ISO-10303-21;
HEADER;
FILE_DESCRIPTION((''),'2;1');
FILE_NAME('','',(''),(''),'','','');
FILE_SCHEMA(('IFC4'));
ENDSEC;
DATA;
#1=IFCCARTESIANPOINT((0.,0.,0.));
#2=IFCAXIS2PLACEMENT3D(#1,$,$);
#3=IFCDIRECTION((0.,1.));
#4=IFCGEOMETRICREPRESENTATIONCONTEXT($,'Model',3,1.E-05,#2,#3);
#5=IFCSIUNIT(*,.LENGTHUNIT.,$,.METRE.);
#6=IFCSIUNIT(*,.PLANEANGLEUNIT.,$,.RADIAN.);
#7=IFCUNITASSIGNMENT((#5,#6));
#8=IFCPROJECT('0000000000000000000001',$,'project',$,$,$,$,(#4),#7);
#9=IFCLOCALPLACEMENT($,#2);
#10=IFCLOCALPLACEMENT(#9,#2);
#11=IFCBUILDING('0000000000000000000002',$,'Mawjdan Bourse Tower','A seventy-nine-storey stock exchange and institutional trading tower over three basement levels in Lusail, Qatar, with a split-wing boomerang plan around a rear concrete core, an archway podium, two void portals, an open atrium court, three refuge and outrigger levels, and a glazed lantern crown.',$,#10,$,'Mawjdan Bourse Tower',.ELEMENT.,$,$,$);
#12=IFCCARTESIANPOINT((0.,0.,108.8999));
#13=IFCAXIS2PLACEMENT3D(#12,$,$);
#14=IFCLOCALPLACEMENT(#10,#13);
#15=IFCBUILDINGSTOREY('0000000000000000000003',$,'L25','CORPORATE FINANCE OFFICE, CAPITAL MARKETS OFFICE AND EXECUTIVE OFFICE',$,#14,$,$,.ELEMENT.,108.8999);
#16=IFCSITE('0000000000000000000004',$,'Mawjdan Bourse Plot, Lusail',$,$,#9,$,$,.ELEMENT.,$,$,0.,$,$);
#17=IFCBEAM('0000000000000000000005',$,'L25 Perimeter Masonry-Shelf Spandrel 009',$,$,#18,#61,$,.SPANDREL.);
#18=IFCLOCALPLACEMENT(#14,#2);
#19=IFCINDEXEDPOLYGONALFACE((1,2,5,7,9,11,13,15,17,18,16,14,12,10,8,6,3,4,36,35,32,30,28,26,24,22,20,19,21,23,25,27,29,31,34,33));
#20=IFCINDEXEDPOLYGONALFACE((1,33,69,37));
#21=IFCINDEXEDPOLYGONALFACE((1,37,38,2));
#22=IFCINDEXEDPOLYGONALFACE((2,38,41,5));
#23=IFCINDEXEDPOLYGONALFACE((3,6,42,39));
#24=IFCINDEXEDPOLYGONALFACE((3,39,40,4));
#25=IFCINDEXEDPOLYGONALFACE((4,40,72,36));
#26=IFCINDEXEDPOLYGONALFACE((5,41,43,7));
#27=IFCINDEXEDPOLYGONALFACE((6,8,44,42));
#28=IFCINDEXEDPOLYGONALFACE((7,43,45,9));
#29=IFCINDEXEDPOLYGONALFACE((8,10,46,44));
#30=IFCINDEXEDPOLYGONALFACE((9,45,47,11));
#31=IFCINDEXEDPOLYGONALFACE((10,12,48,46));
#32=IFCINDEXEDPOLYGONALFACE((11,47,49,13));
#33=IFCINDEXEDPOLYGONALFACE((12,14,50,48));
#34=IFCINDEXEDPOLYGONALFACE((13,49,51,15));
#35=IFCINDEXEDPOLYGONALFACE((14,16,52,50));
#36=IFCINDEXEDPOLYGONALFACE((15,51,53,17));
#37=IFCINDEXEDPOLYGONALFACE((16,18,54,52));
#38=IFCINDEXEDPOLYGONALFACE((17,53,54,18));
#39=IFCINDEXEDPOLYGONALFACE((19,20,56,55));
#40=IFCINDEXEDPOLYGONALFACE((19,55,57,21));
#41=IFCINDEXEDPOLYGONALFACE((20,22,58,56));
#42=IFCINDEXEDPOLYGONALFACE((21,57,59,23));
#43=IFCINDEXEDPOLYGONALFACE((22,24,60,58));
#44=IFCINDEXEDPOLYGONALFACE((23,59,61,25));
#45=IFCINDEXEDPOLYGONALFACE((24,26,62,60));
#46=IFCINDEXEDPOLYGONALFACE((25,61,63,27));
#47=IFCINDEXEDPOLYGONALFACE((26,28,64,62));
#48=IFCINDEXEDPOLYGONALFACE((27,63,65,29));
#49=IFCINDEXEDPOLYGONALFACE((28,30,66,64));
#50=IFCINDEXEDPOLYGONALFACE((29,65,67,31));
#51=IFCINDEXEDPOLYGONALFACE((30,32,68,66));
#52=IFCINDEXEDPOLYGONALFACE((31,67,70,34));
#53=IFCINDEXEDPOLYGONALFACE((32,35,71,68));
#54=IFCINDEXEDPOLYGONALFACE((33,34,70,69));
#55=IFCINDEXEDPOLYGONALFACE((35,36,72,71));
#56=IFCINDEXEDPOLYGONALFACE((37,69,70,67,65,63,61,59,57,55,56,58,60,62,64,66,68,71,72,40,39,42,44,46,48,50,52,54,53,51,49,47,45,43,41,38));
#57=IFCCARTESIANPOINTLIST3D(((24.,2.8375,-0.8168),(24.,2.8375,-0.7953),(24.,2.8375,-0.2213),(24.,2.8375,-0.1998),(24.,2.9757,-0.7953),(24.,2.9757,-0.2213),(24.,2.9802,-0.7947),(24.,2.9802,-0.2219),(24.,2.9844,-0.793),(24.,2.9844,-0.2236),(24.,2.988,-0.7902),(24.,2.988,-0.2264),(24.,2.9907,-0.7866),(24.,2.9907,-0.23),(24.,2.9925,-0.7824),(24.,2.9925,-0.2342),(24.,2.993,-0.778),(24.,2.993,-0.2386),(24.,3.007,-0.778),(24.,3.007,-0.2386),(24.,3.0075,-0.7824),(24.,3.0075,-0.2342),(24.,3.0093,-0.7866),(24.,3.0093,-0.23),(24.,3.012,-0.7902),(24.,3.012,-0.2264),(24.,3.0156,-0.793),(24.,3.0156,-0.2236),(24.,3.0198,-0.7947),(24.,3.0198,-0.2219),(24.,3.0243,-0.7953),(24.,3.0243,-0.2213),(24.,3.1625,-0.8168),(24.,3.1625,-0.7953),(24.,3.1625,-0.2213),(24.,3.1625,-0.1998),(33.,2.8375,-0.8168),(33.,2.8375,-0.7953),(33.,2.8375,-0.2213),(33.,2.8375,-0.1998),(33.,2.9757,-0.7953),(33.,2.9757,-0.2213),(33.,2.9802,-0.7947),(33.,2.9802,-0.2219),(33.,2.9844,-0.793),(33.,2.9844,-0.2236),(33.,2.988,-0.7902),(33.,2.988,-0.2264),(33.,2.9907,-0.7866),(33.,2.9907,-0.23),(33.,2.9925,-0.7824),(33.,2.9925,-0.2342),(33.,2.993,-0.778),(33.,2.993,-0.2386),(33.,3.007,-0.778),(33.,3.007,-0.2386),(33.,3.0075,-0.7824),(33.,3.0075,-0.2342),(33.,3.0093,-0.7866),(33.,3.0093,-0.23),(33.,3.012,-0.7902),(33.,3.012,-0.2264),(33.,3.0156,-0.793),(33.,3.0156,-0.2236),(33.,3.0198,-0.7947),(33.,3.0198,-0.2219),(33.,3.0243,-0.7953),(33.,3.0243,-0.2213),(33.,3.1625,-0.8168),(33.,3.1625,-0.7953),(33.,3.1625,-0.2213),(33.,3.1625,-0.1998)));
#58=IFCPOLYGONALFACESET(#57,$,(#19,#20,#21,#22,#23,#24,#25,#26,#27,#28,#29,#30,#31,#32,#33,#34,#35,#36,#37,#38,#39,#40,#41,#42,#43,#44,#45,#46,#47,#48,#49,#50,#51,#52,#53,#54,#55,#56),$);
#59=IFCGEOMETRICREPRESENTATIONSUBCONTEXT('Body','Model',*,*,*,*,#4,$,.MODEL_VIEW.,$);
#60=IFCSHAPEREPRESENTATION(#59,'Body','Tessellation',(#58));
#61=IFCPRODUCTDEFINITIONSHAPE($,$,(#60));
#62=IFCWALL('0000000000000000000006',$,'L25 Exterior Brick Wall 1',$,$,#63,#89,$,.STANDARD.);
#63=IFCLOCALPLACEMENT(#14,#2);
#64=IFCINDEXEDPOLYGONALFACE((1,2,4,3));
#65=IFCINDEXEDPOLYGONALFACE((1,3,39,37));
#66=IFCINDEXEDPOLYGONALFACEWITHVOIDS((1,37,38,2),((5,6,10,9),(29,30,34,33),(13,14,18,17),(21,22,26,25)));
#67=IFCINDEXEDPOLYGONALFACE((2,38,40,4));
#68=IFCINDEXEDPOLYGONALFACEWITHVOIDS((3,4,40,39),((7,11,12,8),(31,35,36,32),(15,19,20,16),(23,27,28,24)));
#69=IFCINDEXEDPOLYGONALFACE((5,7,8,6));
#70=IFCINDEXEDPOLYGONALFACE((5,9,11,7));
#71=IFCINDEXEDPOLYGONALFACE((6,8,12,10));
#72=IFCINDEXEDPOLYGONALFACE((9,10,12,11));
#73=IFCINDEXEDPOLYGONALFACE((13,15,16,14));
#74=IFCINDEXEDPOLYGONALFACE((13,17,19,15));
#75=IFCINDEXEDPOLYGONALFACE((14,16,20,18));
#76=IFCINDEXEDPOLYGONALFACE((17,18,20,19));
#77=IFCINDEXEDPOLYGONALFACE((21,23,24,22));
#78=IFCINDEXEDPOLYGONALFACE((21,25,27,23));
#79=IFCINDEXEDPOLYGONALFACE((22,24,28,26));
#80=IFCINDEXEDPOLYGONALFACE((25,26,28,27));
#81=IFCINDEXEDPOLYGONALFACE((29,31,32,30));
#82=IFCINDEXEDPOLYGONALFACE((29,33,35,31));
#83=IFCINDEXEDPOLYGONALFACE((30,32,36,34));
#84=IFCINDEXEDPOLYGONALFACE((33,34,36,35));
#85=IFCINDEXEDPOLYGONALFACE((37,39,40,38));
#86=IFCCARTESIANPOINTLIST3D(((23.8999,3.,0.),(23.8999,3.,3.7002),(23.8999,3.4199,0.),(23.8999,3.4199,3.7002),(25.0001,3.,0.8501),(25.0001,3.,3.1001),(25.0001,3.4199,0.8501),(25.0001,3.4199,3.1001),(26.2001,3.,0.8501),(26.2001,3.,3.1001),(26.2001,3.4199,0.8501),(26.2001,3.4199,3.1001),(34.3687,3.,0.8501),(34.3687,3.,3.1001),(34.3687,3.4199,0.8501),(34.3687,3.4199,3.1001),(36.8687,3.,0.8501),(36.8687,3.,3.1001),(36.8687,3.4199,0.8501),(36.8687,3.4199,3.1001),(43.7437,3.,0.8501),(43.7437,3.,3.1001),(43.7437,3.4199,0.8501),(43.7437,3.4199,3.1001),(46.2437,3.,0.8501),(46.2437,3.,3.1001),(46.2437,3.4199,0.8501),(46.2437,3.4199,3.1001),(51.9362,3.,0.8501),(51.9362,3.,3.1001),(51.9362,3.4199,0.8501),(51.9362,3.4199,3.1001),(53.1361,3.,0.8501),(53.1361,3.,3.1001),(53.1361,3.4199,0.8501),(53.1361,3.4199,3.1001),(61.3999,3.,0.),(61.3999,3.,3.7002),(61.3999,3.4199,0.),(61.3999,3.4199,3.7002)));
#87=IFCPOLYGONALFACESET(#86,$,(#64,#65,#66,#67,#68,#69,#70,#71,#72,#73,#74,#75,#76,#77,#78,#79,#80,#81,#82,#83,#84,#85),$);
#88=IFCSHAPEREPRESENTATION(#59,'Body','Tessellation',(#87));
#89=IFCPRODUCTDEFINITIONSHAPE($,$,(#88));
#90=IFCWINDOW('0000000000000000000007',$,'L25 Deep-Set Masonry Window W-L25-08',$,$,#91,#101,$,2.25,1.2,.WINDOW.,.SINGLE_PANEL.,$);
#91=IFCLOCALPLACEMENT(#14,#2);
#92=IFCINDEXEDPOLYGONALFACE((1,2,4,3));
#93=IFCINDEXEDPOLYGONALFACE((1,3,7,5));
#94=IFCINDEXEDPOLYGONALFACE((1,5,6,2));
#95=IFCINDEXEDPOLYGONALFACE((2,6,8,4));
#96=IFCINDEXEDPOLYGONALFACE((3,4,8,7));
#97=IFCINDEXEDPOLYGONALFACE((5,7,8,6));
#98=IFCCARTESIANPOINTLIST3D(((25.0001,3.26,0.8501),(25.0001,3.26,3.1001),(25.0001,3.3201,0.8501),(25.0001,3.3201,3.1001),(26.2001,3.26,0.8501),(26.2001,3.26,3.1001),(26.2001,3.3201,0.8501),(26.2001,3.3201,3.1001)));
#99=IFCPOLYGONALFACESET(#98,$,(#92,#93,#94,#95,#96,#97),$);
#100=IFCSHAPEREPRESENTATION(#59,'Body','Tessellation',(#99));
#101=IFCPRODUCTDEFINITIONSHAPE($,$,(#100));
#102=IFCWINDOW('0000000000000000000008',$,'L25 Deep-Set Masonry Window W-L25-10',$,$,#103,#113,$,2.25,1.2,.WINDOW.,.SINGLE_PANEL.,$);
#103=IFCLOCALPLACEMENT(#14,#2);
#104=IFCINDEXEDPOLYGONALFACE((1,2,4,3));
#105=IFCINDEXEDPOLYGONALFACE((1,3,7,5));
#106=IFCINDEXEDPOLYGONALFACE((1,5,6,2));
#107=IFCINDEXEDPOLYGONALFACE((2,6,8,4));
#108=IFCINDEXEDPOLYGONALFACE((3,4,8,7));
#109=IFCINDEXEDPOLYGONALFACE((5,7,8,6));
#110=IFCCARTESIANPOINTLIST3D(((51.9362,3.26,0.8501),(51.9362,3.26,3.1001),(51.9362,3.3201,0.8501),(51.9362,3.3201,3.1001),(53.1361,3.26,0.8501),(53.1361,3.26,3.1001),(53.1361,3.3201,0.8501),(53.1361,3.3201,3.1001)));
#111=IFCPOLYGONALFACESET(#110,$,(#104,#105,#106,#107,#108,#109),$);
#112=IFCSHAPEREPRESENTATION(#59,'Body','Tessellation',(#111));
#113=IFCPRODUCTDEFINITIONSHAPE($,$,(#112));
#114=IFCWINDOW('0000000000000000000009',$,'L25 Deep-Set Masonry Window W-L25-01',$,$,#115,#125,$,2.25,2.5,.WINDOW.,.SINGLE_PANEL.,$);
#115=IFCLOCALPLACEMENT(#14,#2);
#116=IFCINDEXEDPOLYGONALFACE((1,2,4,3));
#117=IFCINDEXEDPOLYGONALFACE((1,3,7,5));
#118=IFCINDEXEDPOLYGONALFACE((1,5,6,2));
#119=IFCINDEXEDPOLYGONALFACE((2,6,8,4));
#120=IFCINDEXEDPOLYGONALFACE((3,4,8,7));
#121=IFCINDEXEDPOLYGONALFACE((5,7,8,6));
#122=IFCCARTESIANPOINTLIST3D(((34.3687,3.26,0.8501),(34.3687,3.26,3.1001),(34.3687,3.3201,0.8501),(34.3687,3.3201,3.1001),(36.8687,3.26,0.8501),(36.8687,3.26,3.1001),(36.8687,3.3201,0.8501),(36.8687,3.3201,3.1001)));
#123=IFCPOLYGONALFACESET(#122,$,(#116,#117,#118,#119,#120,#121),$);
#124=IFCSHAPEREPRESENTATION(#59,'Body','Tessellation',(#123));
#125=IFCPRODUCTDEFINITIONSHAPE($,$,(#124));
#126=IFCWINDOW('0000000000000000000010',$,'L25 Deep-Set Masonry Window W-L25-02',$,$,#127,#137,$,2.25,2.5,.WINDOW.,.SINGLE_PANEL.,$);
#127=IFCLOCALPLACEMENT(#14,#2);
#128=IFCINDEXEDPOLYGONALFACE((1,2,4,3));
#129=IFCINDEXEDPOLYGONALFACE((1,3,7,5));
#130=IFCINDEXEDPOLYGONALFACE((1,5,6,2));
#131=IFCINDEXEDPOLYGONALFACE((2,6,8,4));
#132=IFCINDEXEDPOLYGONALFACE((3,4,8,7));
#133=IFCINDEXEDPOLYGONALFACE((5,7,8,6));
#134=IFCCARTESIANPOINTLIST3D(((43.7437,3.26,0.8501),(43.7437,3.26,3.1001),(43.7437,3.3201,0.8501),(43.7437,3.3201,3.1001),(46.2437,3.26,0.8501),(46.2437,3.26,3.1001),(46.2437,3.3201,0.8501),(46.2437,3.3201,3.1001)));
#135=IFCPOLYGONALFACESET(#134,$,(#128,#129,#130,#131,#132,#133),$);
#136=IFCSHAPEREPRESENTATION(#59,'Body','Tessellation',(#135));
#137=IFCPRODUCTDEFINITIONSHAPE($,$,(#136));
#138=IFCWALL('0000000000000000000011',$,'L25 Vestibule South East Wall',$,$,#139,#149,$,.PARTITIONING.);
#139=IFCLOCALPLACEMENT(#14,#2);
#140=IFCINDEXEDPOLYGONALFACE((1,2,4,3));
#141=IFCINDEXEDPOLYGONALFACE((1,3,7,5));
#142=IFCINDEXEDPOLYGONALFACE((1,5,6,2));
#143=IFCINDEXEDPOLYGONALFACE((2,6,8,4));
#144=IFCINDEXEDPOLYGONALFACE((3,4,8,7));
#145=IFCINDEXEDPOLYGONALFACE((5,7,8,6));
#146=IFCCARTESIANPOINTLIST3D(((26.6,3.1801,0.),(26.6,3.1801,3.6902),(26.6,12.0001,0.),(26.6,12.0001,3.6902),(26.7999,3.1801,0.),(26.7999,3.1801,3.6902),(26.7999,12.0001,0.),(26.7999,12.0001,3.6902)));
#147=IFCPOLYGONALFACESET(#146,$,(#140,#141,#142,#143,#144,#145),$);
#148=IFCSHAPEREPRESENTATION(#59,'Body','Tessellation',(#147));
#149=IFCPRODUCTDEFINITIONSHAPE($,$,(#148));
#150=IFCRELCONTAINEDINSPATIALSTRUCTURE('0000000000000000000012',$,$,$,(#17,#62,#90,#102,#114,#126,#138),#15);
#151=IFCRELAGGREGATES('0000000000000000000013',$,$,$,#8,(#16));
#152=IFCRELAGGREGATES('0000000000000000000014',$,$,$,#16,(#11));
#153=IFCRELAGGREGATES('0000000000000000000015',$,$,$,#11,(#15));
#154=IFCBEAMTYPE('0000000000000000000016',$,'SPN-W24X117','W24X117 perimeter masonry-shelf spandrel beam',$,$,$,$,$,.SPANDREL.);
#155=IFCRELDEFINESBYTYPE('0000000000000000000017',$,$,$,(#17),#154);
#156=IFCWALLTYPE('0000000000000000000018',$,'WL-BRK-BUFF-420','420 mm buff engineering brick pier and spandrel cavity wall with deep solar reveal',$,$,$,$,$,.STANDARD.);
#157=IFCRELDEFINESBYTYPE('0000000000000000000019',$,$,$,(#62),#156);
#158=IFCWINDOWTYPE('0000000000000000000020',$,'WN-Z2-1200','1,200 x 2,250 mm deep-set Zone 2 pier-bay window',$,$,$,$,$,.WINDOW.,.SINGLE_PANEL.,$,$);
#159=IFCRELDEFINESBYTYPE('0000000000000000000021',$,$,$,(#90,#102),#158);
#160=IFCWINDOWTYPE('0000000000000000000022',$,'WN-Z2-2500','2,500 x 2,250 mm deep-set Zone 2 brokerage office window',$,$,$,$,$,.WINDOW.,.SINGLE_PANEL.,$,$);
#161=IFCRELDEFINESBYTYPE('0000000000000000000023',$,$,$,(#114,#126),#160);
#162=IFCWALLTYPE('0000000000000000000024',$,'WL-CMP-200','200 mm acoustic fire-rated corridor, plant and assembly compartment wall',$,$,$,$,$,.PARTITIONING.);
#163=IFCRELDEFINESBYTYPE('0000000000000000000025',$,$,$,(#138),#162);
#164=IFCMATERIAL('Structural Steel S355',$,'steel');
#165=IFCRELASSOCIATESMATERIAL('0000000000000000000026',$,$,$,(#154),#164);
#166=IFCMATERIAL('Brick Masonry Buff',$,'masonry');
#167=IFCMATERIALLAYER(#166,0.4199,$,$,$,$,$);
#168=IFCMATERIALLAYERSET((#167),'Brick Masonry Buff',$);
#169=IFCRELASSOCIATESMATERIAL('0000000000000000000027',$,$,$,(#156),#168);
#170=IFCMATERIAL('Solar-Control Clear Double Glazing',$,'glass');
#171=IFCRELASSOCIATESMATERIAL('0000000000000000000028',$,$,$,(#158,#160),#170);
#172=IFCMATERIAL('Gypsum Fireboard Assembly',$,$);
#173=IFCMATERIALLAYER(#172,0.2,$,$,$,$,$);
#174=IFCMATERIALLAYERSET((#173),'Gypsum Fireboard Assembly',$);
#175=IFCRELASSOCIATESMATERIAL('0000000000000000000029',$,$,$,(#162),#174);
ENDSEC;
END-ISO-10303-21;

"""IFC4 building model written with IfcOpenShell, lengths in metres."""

from ifc_helpers import new_model, si_unit, direction, frame, frame_2d, origin, origin_2d, place, context, subcontext, project, spatial, rectangle, i_section, extrude, material, layer, layer_set, material_profile, profile_set, type_object, element, fill, save


model = new_model("IFC4")

# Units and contexts
model_context = context("Model", 3, precision=1e-05, world=origin(), true_north=direction((0.0, 1.0)))
body_context = subcontext(model_context, "Body", "Model", "MODEL_VIEW")
ifc_project = project(units=[si_unit("LENGTHUNIT", "METRE"), si_unit("PLANEANGLEUNIT", "RADIAN")], contexts=[model_context])

# Site, building, storey
site_placement = place(None, origin())
site = spatial("IfcSite", under=ifc_project, at=site_placement, Name="Mawjdan Bourse Plot, Lusail", CompositionType="ELEMENT", RefElevation=0.0)
building_placement = place(site_placement, origin())
building = spatial("IfcBuilding", under=site, at=building_placement, Name="Mawjdan Bourse Tower", Description="A seventy-nine-storey stock exchange and institutional trading tower over three basement levels in Lusail, Qatar, with a split-wing boomerang plan around a rear concrete core, an archway podium, two void portals, an open atrium court, three refuge and outrigger levels, and a glazed lantern crown.", LongName="Mawjdan Bourse Tower", CompositionType="ELEMENT")
storey_placement = place(building_placement, frame((0.0, 0.0, 108.8999)))
storey = spatial("IfcBuildingStorey", under=building, at=storey_placement, Name="L25", Description="CORPORATE FINANCE OFFICE, CAPITAL MARKETS OFFICE AND EXECUTIVE OFFICE", CompositionType="ELEMENT", Elevation=108.8999)

# Beam
ifc_material_1 = material(Name="Structural Steel S355", Category="steel")
ifc_material_profile_1 = material_profile(ifc_material_1, i_section(OverallWidth=0.325, OverallDepth=0.6169, WebThickness=0.0139, FlangeThickness=0.0215, FilletRadius=0.0173, at=origin_2d()), Name="W24X117")
ifc_profile_set_1 = profile_set([ifc_material_profile_1], Name="Structural Steel S355")
beam_type_1 = type_object("IfcBeamType", Name="SPN-W24X117", Description="W24X117 perimeter masonry-shelf spandrel beam", PredefinedType="SPANDREL", material=ifc_profile_set_1)
beam_1_placement = place(storey_placement, frame((24.0, 3.0, -0.5083), z_axis=(1.0, 0.0, 0.0), x_axis=(0.0, 1.0, 0.0)))
element("IfcBeam", 1, at=beam_1_placement, inside=storey, type_object=beam_type_1, Name="L25 Perimeter Masonry-Shelf Spandrel 009", PredefinedType="SPANDREL", context=body_context, shape_type="SweptSolid", body=[
    extrude(i_section(OverallWidth=0.325, OverallDepth=0.6169, WebThickness=0.0139, FlangeThickness=0.0215, FilletRadius=0.0173, at=origin_2d()), origin(), (0.0, 0.0, 1.0), 9.0),
])

# Wall, openings, windows
ifc_material_2 = material(Name="Brick Masonry Buff", Category="masonry")
ifc_layer_1 = layer(ifc_material_2, 0.4199)
ifc_layer_set_1 = layer_set([ifc_layer_1], Name="Brick Masonry Buff")
wall_type_1 = type_object("IfcWallType", Name="WL-BRK-BUFF-420", Description="420 mm buff engineering brick pier and spandrel cavity wall with deep solar reveal", PredefinedType="STANDARD", material=ifc_layer_set_1)
wall_1_placement = place(storey_placement, frame((23.8999, 3.21, 0.0), z_axis=(0.0, 0.0, 1.0), x_axis=(1.0, 0.0, 0.0)))
wall_1 = element("IfcWall", 2, at=wall_1_placement, inside=storey, type_object=wall_type_1, Name="L25 Exterior Brick Wall 1", PredefinedType="STANDARD", context=body_context, shape_type="SweptSolid", body=[
    extrude(rectangle(XDim=37.5, YDim=0.4199, at=frame_2d((18.75, 0.0))), origin(), (0.0, 0.0, 1.0), 3.7002),
])
opening_1_placement = place(wall_1_placement, frame((10.4688, 0.0, 0.8501)))
opening_1 = element("IfcOpeningElement", 3, at=opening_1_placement, cuts=wall_1, PredefinedType="OPENING", context=body_context, shape_type="SweptSolid", body=[
    extrude(rectangle(XDim=2.5, YDim=2.25, at=frame_2d((1.25, 1.125))), frame((0.0, 0.22, 0.0), z_axis=(0.0, -1.0, 0.0), x_axis=(1.0, 0.0, 0.0)), (0.0, 0.0, 1.0), 0.4399),
])
opening_2_placement = place(wall_1_placement, frame((19.8438, 0.0, 0.8501)))
opening_2 = element("IfcOpeningElement", 4, at=opening_2_placement, cuts=wall_1, PredefinedType="OPENING", context=body_context, shape_type="SweptSolid", body=[
    extrude(rectangle(XDim=2.5, YDim=2.25, at=frame_2d((1.25, 1.125))), frame((0.0, 0.22, 0.0), z_axis=(0.0, -1.0, 0.0), x_axis=(1.0, 0.0, 0.0)), (0.0, 0.0, 1.0), 0.4399),
])
opening_3_placement = place(wall_1_placement, frame((1.1001, 0.0, 0.8501)))
opening_3 = element("IfcOpeningElement", 5, at=opening_3_placement, cuts=wall_1, PredefinedType="OPENING", context=body_context, shape_type="SweptSolid", body=[
    extrude(rectangle(XDim=1.2, YDim=2.25, at=frame_2d((0.6001, 1.125))), frame((0.0, 0.22, 0.0), z_axis=(0.0, -1.0, 0.0), x_axis=(1.0, 0.0, 0.0)), (0.0, 0.0, 1.0), 0.4399),
])
opening_4_placement = place(wall_1_placement, frame((28.0361, 0.0, 0.8501)))
opening_4 = element("IfcOpeningElement", 6, at=opening_4_placement, cuts=wall_1, PredefinedType="OPENING", context=body_context, shape_type="SweptSolid", body=[
    extrude(rectangle(XDim=1.2, YDim=2.25, at=frame_2d((0.6001, 1.125))), frame((0.0, 0.22, 0.0), z_axis=(0.0, -1.0, 0.0), x_axis=(1.0, 0.0, 0.0)), (0.0, 0.0, 1.0), 0.4399),
])
ifc_material_3 = material(Name="Solar-Control Clear Double Glazing", Category="glass")
window_type_1 = type_object("IfcWindowType", Name="WN-Z2-1200", Description="1,200 x 2,250 mm deep-set Zone 2 pier-bay window", PartitioningType="SINGLE_PANEL", PredefinedType="WINDOW", material=ifc_material_3)
window_1_placement = place(opening_3_placement, origin())
window_1 = element("IfcWindow", 7, at=window_1_placement, inside=storey, type_object=window_type_1, Name="L25 Deep-Set Masonry Window W-L25-08", OverallHeight=2.25, OverallWidth=1.2, PartitioningType="SINGLE_PANEL", PredefinedType="WINDOW", context=body_context, shape_type="SweptSolid", body=[
    extrude(rectangle(XDim=1.2, YDim=2.25, at=frame_2d((0.6001, 1.125))), frame((0.0, 0.1101, 0.0), z_axis=(0.0, -1.0, 0.0), x_axis=(1.0, 0.0, 0.0)), (0.0, 0.0, 1.0), 0.0601),
])
fill(opening_3, window_1)
window_2_placement = place(opening_4_placement, origin())
window_2 = element("IfcWindow", 8, at=window_2_placement, inside=storey, type_object=window_type_1, Name="L25 Deep-Set Masonry Window W-L25-10", OverallHeight=2.25, OverallWidth=1.2, PartitioningType="SINGLE_PANEL", PredefinedType="WINDOW", context=body_context, shape_type="SweptSolid", body=[
    extrude(rectangle(XDim=1.2, YDim=2.25, at=frame_2d((0.6001, 1.125))), frame((0.0, 0.1101, 0.0), z_axis=(0.0, -1.0, 0.0), x_axis=(1.0, 0.0, 0.0)), (0.0, 0.0, 1.0), 0.0601),
])
fill(opening_4, window_2)
window_type_2 = type_object("IfcWindowType", Name="WN-Z2-2500", Description="2,500 x 2,250 mm deep-set Zone 2 brokerage office window", PartitioningType="SINGLE_PANEL", PredefinedType="WINDOW", material=ifc_material_3)
window_3_placement = place(opening_1_placement, origin())
window_3 = element("IfcWindow", 9, at=window_3_placement, inside=storey, type_object=window_type_2, Name="L25 Deep-Set Masonry Window W-L25-01", OverallHeight=2.25, OverallWidth=2.5, PartitioningType="SINGLE_PANEL", PredefinedType="WINDOW", context=body_context, shape_type="SweptSolid", body=[
    extrude(rectangle(XDim=2.5, YDim=2.25, at=frame_2d((1.25, 1.125))), frame((0.0, 0.1101, 0.0), z_axis=(0.0, -1.0, 0.0), x_axis=(1.0, 0.0, 0.0)), (0.0, 0.0, 1.0), 0.0601),
])
fill(opening_1, window_3)
window_4_placement = place(opening_2_placement, origin())
window_4 = element("IfcWindow", 10, at=window_4_placement, inside=storey, type_object=window_type_2, Name="L25 Deep-Set Masonry Window W-L25-02", OverallHeight=2.25, OverallWidth=2.5, PartitioningType="SINGLE_PANEL", PredefinedType="WINDOW", context=body_context, shape_type="SweptSolid", body=[
    extrude(rectangle(XDim=2.5, YDim=2.25, at=frame_2d((1.25, 1.125))), frame((0.0, 0.1101, 0.0), z_axis=(0.0, -1.0, 0.0), x_axis=(1.0, 0.0, 0.0)), (0.0, 0.0, 1.0), 0.0601),
])
fill(opening_2, window_4)

# Shared definitions
ifc_material_4 = material(Name="Gypsum Fireboard Assembly")
ifc_layer_2 = layer(ifc_material_4, 0.2)
ifc_layer_set_2 = layer_set([ifc_layer_2], Name="Gypsum Fireboard Assembly")
wall_type_2 = type_object("IfcWallType", Name="WL-CMP-200", Description="200 mm acoustic fire-rated corridor, plant and assembly compartment wall", PredefinedType="PARTITIONING", material=ifc_layer_set_2)

# Wall
wall_2_placement = place(storey_placement, frame((26.7, 3.1799, 0.0), z_axis=(0.0, 0.0, 1.0), x_axis=(0.0, 1.0, 0.0)))
element("IfcWall", 11, at=wall_2_placement, inside=storey, type_object=wall_type_2, Name="L25 Vestibule South East Wall", PredefinedType="PARTITIONING", context=body_context, shape_type="SweptSolid", body=[
    extrude(rectangle(XDim=8.8201, YDim=0.2, at=frame_2d((4.4102, 0.0))), origin(), (0.0, 0.0, 1.0), 3.6902),
])

save(model, "model.ifc")
